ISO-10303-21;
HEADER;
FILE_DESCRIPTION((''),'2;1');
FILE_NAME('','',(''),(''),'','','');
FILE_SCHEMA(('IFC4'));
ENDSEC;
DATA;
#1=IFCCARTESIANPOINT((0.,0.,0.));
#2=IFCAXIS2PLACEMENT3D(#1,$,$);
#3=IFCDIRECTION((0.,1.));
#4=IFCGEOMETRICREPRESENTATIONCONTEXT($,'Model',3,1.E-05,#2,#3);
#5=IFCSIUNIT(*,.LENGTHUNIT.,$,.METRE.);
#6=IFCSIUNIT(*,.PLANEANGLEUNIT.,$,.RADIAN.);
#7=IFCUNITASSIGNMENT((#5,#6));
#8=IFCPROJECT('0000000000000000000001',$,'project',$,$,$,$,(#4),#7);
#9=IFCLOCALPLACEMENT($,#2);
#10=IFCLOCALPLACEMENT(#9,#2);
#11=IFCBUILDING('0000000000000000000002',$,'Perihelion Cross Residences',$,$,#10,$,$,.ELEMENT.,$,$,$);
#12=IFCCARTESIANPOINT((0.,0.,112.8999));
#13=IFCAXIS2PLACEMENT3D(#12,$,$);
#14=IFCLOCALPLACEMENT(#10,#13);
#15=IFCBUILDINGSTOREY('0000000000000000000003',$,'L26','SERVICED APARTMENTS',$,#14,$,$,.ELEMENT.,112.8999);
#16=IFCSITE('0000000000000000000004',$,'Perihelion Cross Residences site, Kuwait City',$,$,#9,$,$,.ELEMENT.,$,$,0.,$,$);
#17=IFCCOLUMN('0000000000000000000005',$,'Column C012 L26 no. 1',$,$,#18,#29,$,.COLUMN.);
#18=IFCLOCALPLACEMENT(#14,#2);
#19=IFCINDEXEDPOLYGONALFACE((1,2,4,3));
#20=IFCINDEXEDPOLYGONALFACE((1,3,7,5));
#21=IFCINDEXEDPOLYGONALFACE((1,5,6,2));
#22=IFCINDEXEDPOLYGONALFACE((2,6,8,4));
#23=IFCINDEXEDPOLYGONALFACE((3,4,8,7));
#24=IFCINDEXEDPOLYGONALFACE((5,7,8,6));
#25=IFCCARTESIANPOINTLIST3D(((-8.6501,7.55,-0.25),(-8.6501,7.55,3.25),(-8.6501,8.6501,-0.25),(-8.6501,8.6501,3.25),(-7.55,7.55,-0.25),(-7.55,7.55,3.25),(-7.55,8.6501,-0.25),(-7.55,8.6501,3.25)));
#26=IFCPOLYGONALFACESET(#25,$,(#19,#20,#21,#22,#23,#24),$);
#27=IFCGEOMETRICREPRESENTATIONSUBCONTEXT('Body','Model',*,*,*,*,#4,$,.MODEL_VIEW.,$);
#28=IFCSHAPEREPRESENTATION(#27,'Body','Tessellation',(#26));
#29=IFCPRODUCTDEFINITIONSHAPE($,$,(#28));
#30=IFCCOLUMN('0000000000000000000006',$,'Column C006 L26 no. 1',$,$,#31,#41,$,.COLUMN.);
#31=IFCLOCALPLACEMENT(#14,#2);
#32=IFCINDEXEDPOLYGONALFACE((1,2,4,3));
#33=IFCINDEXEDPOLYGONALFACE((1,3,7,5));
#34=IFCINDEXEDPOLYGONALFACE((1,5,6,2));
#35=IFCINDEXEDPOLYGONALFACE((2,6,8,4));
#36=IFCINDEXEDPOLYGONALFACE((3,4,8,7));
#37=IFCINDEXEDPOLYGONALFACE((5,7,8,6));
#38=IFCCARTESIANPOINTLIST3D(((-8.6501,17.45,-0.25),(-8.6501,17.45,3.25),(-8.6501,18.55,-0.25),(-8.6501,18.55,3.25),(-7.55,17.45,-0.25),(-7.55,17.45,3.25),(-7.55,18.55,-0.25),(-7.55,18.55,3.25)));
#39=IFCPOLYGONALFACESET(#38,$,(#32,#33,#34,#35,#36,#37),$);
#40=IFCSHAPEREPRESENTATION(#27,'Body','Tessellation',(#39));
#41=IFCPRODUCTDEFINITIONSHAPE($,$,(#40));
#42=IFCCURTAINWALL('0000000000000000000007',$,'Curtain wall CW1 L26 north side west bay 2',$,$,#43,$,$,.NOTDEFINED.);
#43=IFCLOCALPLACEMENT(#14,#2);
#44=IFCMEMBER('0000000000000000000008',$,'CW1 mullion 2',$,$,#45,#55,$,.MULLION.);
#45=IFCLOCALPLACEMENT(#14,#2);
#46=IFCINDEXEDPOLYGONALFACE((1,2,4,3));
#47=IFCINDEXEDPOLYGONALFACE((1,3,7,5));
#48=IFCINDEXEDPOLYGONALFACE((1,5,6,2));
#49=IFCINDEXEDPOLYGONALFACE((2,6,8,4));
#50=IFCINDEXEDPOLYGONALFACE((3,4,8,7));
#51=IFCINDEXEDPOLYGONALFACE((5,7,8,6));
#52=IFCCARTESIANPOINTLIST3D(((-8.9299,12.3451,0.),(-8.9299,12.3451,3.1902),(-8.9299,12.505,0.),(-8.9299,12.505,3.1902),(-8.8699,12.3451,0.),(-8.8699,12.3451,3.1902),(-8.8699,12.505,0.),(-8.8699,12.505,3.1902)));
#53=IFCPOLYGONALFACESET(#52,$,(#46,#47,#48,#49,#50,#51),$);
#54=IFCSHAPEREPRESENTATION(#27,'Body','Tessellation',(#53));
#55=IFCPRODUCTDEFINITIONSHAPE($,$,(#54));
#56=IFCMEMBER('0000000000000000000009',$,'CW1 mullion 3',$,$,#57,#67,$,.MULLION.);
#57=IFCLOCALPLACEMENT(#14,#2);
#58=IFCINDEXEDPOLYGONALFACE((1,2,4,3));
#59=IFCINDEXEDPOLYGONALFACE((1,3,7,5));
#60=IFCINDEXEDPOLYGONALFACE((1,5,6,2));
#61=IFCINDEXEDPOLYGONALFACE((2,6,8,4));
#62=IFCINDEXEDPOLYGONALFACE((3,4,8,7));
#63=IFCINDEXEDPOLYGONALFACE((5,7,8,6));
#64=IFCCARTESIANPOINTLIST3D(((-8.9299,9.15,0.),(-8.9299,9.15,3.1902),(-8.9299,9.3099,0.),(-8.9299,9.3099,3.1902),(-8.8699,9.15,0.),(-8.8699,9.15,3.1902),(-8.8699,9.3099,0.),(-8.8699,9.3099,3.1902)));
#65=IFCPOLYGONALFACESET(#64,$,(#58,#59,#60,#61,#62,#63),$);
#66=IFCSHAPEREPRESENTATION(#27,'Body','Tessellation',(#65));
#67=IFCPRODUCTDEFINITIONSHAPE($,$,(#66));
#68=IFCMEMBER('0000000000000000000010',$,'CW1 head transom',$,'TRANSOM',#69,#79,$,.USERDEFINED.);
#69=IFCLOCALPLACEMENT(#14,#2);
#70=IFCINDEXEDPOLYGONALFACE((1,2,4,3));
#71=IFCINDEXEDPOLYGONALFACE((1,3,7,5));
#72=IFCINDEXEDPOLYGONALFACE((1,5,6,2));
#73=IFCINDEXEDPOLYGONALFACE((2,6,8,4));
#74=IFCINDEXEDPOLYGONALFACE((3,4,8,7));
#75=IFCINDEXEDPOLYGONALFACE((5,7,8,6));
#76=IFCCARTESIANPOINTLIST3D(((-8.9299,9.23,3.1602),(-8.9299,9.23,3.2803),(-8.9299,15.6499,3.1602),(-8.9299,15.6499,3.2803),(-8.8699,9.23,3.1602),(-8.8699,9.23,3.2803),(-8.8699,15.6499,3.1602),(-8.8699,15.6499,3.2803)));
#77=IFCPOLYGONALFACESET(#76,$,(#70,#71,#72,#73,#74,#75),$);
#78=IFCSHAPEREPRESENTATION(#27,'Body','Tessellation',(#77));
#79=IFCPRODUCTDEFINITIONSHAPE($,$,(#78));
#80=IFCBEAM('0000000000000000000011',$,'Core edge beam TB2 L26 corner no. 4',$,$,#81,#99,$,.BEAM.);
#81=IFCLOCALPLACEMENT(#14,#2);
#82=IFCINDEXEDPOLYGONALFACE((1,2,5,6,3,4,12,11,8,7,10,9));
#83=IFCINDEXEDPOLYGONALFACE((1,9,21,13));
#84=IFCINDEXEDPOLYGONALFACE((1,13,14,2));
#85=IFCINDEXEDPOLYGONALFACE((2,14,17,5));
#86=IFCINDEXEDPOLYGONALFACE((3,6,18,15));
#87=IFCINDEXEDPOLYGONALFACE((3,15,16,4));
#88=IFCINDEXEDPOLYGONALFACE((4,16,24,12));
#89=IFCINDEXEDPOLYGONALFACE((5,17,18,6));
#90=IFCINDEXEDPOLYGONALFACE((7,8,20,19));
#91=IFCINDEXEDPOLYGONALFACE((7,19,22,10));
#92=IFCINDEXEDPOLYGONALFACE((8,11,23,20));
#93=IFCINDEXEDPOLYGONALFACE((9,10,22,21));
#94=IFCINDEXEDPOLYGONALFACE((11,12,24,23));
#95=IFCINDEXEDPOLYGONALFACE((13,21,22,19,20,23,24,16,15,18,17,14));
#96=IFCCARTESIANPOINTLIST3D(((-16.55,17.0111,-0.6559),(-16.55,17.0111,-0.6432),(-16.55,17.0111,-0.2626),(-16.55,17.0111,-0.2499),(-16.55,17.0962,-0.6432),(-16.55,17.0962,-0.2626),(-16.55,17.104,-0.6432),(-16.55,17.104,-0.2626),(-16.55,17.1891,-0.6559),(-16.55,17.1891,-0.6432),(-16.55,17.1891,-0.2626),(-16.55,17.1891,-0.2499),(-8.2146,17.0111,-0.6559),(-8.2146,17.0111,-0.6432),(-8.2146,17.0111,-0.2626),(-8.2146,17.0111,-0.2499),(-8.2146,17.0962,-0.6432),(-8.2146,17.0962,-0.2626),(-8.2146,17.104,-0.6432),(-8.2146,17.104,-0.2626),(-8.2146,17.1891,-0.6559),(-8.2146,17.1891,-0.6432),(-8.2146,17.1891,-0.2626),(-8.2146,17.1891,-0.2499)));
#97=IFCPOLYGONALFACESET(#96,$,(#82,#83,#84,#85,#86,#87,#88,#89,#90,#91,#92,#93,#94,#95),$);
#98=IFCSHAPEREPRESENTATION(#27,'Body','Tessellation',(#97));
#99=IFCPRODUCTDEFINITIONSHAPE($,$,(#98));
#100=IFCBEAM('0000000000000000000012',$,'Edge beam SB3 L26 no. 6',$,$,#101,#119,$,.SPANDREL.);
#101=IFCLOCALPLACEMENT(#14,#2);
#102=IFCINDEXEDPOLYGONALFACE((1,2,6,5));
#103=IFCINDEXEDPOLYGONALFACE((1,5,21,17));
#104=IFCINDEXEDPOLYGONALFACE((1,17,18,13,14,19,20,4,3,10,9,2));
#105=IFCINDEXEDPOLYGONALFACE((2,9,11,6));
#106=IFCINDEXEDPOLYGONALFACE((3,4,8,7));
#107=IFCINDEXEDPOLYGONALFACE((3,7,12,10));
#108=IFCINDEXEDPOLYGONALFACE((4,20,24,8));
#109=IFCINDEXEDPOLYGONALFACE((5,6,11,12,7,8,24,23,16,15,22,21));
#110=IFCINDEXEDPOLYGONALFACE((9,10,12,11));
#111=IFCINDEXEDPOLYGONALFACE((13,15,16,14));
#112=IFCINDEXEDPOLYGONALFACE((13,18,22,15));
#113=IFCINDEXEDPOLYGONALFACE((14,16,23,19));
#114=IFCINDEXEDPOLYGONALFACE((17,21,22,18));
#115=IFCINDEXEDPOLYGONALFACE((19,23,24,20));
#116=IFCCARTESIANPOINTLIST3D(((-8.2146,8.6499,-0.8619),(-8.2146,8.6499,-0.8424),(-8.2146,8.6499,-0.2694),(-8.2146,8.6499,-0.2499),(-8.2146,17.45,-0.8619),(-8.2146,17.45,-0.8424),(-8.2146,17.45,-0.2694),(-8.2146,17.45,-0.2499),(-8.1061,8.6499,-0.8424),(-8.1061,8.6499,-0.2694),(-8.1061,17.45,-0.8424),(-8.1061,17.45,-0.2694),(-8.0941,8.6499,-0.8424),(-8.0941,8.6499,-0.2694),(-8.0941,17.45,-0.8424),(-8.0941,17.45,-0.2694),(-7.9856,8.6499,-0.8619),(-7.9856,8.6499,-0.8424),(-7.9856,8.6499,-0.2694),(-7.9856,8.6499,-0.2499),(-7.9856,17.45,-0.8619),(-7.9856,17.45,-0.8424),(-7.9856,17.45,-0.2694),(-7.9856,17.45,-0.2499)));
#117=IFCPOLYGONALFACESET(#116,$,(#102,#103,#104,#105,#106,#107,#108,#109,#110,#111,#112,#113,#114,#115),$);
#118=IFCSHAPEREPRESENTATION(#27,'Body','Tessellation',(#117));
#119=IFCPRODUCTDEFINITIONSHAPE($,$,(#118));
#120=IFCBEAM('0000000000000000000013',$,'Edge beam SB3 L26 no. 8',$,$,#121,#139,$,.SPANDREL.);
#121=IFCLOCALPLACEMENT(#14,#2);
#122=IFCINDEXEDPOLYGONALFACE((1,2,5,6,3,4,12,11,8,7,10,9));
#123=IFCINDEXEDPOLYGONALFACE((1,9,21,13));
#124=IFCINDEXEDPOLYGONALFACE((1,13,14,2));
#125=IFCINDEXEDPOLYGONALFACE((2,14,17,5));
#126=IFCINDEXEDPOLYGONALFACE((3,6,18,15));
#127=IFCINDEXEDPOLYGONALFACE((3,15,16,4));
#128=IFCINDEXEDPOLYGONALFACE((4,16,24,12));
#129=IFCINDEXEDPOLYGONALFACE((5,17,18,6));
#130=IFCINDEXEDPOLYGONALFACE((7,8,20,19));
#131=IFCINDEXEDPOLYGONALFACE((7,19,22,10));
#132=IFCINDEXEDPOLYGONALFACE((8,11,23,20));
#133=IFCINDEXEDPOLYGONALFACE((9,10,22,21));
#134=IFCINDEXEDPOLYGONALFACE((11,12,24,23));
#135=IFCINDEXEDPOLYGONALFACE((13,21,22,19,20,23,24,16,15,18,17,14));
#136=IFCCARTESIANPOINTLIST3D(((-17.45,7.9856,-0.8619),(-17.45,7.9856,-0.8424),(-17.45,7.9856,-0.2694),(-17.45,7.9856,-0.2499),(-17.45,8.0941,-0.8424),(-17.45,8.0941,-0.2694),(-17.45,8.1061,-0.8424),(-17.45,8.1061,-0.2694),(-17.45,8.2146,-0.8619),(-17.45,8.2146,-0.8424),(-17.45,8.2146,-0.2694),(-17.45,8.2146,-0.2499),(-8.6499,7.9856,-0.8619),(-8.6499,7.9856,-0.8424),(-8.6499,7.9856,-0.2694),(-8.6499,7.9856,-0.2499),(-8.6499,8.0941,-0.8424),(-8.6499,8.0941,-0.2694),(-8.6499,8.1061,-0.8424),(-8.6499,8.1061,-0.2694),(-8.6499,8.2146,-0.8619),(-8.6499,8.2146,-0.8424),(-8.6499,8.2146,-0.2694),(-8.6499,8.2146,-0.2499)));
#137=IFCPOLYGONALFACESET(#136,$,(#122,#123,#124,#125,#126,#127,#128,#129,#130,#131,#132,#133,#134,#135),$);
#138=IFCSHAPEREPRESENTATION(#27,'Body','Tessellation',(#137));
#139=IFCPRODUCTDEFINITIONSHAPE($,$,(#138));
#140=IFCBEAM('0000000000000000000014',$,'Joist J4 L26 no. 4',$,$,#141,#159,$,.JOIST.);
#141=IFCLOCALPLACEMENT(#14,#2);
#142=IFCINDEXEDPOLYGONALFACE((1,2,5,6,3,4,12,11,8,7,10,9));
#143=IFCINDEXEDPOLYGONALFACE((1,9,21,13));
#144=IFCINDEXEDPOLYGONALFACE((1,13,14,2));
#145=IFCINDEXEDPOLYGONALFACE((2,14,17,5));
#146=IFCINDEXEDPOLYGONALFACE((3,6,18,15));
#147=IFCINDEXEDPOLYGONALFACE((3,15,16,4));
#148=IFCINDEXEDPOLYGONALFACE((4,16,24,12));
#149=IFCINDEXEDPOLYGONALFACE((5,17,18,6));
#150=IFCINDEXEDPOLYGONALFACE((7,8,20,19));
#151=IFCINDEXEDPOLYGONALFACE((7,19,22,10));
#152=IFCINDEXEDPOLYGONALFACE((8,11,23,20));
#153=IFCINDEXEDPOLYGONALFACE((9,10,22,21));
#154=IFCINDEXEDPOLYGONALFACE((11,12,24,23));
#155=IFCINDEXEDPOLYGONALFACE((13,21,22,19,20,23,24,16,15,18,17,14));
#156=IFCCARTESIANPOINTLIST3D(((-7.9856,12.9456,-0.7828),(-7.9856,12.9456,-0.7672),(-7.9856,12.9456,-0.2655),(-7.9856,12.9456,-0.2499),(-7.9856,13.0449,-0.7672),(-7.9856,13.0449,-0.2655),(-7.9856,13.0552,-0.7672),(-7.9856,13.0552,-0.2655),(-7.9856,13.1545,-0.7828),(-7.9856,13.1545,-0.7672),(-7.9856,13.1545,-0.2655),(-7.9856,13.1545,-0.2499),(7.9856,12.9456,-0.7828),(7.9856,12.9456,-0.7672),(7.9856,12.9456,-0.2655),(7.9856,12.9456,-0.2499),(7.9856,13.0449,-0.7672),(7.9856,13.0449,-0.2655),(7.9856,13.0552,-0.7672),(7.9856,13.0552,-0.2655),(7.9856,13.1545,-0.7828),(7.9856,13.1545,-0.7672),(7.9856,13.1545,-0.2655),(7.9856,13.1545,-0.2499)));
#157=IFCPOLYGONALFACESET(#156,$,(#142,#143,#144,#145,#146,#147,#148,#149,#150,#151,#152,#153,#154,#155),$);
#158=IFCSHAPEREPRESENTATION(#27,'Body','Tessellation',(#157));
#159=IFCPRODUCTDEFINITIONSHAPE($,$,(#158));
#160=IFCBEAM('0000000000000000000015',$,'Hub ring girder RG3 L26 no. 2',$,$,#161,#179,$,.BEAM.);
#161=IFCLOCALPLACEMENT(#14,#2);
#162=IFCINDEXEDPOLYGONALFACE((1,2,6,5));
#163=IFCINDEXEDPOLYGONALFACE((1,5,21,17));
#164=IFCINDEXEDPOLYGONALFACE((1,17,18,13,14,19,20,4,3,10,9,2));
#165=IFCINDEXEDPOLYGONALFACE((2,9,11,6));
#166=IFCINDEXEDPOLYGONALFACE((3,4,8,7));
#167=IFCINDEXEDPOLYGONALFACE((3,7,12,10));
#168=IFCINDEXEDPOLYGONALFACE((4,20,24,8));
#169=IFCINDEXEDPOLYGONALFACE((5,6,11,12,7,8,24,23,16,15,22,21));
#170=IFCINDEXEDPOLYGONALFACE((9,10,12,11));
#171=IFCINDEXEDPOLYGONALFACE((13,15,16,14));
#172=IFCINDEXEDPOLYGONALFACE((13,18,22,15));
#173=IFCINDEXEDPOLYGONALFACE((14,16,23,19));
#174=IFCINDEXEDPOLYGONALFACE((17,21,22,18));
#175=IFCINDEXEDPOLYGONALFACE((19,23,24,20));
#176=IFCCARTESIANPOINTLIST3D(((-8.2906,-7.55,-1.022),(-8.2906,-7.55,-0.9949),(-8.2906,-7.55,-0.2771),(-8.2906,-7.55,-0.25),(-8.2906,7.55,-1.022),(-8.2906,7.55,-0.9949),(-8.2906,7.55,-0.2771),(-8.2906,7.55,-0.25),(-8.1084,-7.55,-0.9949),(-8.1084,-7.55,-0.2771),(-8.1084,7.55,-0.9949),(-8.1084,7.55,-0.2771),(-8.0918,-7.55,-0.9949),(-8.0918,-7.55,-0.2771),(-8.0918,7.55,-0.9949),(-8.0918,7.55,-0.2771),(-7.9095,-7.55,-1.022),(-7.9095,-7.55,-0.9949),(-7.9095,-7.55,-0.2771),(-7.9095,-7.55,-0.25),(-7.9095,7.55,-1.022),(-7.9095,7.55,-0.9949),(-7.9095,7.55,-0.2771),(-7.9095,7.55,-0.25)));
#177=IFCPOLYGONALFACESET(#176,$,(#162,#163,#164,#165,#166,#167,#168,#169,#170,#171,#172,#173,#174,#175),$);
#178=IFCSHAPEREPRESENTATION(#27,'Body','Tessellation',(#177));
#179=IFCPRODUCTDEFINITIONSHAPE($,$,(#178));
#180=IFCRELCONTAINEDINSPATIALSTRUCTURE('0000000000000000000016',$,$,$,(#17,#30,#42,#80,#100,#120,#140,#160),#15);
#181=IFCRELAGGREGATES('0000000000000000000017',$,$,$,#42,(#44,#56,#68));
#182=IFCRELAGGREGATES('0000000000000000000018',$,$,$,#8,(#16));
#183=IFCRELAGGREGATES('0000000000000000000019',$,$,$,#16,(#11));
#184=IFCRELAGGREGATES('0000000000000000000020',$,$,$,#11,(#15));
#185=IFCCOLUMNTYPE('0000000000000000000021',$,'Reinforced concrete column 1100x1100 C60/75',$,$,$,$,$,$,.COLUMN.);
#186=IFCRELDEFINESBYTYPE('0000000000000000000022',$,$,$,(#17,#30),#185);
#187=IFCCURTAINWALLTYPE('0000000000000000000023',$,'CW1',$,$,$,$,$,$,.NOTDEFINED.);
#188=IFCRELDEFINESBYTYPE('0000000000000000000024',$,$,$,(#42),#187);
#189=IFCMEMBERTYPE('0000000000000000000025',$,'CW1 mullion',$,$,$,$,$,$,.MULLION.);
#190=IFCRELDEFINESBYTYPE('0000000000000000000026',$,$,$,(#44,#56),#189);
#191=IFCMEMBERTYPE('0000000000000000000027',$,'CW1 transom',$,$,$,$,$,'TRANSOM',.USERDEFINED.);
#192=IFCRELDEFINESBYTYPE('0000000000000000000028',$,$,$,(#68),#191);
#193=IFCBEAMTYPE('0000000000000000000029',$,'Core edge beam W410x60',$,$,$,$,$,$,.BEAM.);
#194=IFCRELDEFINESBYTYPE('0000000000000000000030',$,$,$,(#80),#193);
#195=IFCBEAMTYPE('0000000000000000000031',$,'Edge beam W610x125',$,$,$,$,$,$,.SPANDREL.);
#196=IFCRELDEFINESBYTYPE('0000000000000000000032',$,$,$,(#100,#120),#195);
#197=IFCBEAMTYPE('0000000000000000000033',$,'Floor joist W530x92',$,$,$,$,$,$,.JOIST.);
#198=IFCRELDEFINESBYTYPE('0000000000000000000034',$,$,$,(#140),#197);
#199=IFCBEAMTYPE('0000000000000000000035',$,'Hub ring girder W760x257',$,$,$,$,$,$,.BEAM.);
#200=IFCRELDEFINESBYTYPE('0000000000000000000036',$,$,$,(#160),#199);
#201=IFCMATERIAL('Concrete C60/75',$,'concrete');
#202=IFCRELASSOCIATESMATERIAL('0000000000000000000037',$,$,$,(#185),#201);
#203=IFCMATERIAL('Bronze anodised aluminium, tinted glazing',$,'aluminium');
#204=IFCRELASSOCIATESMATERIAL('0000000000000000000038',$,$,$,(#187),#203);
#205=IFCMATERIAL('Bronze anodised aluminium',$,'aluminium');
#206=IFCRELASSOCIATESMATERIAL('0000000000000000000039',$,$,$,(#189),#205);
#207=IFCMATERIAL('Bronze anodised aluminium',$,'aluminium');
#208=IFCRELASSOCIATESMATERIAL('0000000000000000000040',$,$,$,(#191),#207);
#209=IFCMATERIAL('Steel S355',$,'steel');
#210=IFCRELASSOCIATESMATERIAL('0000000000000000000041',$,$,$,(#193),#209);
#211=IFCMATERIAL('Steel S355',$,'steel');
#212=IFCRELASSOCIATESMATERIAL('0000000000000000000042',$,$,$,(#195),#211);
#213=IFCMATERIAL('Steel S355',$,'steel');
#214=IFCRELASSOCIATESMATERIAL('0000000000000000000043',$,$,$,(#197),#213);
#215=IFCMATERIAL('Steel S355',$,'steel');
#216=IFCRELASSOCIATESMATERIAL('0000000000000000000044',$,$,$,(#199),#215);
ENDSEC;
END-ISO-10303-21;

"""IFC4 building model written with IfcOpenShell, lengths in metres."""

from ifc_helpers import new_model, si_unit, direction, frame, origin, origin_2d, place, context, subcontext, project, spatial, rectangle, i_section, extrude, material, material_profile, profile_set, type_object, element, aggregate, save


model = new_model("IFC4")

# Units and contexts
model_context = context("Model", 3, precision=1e-05, world=origin(), true_north=direction((0.0, 1.0)))
body_context = subcontext(model_context, "Body", "Model", "MODEL_VIEW")
ifc_project = project(units=[si_unit("LENGTHUNIT", "METRE"), si_unit("PLANEANGLEUNIT", "RADIAN")], contexts=[model_context])

# Site, building, storey
site_placement = place(None, origin())
site = spatial("IfcSite", under=ifc_project, at=site_placement, Name="Perihelion Cross Residences site, Kuwait City", CompositionType="ELEMENT", RefElevation=0.0)
building_placement = place(site_placement, origin())
building = spatial("IfcBuilding", under=site, at=building_placement, Name="Perihelion Cross Residences", CompositionType="ELEMENT")
storey_placement = place(building_placement, frame((0.0, 0.0, 112.8999)))
storey = spatial("IfcBuildingStorey", under=building, at=storey_placement, Name="L26", Description="SERVICED APARTMENTS", CompositionType="ELEMENT", Elevation=112.8999)

# Columns
ifc_material_1 = material(Name="Concrete C60/75", Category="concrete")
ifc_material_profile_1 = material_profile(ifc_material_1, rectangle(XDim=1.1001, YDim=1.1001, at=origin_2d()), Name="RC 1100x1100")
ifc_profile_set_1 = profile_set([ifc_material_profile_1], Name="Concrete C60/75")
column_type = type_object("IfcColumnType", Name="Reinforced concrete column 1100x1100 C60/75", PredefinedType="COLUMN", material=ifc_profile_set_1)
for number, where, z_axis, x_axis, name in (
    (1, (-8.1001, 8.1001, -0.25), (0.0, 0.0, 1.0), (1.0, 0.0, 0.0), "Column C012 L26 no. 1"),
    (2, (-8.1001, 18.0, -0.25), (0.0, 0.0, 1.0), (1.0, 0.0, 0.0), "Column C006 L26 no. 1"),
):
    element("IfcColumn", number, at=place(storey_placement, frame(where, z_axis=z_axis, x_axis=x_axis)), inside=storey, type_object=column_type, Name=name, PredefinedType="COLUMN", context=body_context, shape_type="SweptSolid", body=[
        extrude(rectangle(XDim=1.1001, YDim=1.1001, at=origin_2d()), origin(), (0.0, 0.0, 1.0), 3.5),
    ])

# Curtain wall, members
ifc_material_2 = material(Name="Bronze anodised aluminium, tinted glazing", Category="aluminium")
curtain_wall_type = type_object("IfcCurtainWallType", Name="CW1", PredefinedType="NOTDEFINED", material=ifc_material_2)
curtain_wall_placement = place(storey_placement, origin())
curtain_wall = element("IfcCurtainWall", 3, at=curtain_wall_placement, inside=storey, type_object=curtain_wall_type, Name="Curtain wall CW1 L26 north side west bay 2", PredefinedType="NOTDEFINED")
ifc_material_3 = material(Name="Bronze anodised aluminium", Category="aluminium")
ifc_material_profile_2 = material_profile(ifc_material_3, rectangle(XDim=0.0601, YDim=0.1599, at=origin_2d()), Name="CW1 mullion")
ifc_profile_set_2 = profile_set([ifc_material_profile_2], Name="Bronze anodised aluminium")
member_type_1 = type_object("IfcMemberType", Name="CW1 mullion", PredefinedType="MULLION", material=ifc_profile_set_2)
member_1_placement = place(storey_placement, frame((-8.8999, 12.425, 0.0), z_axis=(0.0, 0.0, 1.0), x_axis=(1.0, 0.0, 0.0)))
member_1 = element("IfcMember", 4, at=member_1_placement, type_object=member_type_1, Name="CW1 mullion 2", PredefinedType="MULLION", context=body_context, shape_type="SweptSolid", body=[
    extrude(rectangle(XDim=0.0601, YDim=0.1599, at=origin_2d()), origin(), (0.0, 0.0, 1.0), 3.1902),
])
member_2_placement = place(storey_placement, frame((-8.8999, 9.23, 0.0), z_axis=(0.0, 0.0, 1.0), x_axis=(1.0, 0.0, 0.0)))
member_2 = element("IfcMember", 5, at=member_2_placement, type_object=member_type_1, Name="CW1 mullion 3", PredefinedType="MULLION", context=body_context, shape_type="SweptSolid", body=[
    extrude(rectangle(XDim=0.0601, YDim=0.1599, at=origin_2d()), origin(), (0.0, 0.0, 1.0), 3.1902),
])
ifc_material_4 = material(Name="Bronze anodised aluminium", Category="aluminium")
ifc_material_profile_3 = material_profile(ifc_material_4, rectangle(XDim=0.0601, YDim=0.1201, at=origin_2d()), Name="CW1 transom")
ifc_profile_set_3 = profile_set([ifc_material_profile_3], Name="Bronze anodised aluminium")
member_type_2 = type_object("IfcMemberType", Name="CW1 transom", ElementType="TRANSOM", PredefinedType="USERDEFINED", material=ifc_profile_set_3)
member_3_placement = place(storey_placement, frame((-8.8999, 15.6499, 3.2202), z_axis=(0.0, -1.0, 0.0), x_axis=(1.0, 0.0, 0.0)))
member_3 = element("IfcMember", 6, at=member_3_placement, type_object=member_type_2, Name="CW1 head transom", ObjectType="TRANSOM", PredefinedType="USERDEFINED", context=body_context, shape_type="SweptSolid", body=[
    extrude(rectangle(XDim=0.0601, YDim=0.1201, at=origin_2d()), origin(), (0.0, 0.0, 1.0), 6.4199),
])

# Beams
ifc_material_5 = material(Name="Steel S355", Category="steel")
ifc_material_profile_4 = material_profile(ifc_material_5, i_section(OverallWidth=0.178, OverallDepth=0.406, WebThickness=0.0078, FlangeThickness=0.0127, at=origin_2d()), Name="W410x60")
ifc_profile_set_4 = profile_set([ifc_material_profile_4], Name="Steel S355")
beam_type_1 = type_object("IfcBeamType", Name="Core edge beam W410x60", PredefinedType="BEAM", material=ifc_profile_set_4)
beam_1_placement = place(storey_placement, frame((-8.2146, 17.1001, -0.4529), z_axis=(-1.0, 0.0, 0.0), x_axis=(0.0, -1.0, 0.0)))
element("IfcBeam", 7, at=beam_1_placement, inside=storey, type_object=beam_type_1, Name="Core edge beam TB2 L26 corner no. 4", PredefinedType="BEAM", context=body_context, shape_type="SweptSolid", body=[
    extrude(i_section(OverallWidth=0.178, OverallDepth=0.406, WebThickness=0.0078, FlangeThickness=0.0127, at=origin_2d()), origin(), (0.0, 0.0, 1.0), 8.3354),
])
ifc_material_6 = material(Name="Steel S355", Category="steel")
ifc_material_profile_5 = material_profile(ifc_material_6, i_section(OverallWidth=0.229, OverallDepth=0.6121, WebThickness=0.012, FlangeThickness=0.0195, at=origin_2d()), Name="W610x125")
ifc_profile_set_5 = profile_set([ifc_material_profile_5], Name="Steel S355")
beam_type_2 = type_object("IfcBeamType", Name="Edge beam W610x125", PredefinedType="SPANDREL", material=ifc_profile_set_5)
for number, where, z_axis, x_axis, name in (
    (8, (-8.1001, 17.45, -0.5559), (0.0, -1.0, 0.0), (1.0, 0.0, 0.0), "Edge beam SB3 L26 no. 6"),
    (9, (-8.6499, 8.1001, -0.5559), (-1.0, 0.0, 0.0), (0.0, -1.0, 0.0), "Edge beam SB3 L26 no. 8"),
):
    element("IfcBeam", number, at=place(storey_placement, frame(where, z_axis=z_axis, x_axis=x_axis)), inside=storey, type_object=beam_type_2, Name=name, PredefinedType="SPANDREL", context=body_context, shape_type="SweptSolid", body=[
        extrude(i_section(OverallWidth=0.229, OverallDepth=0.6121, WebThickness=0.012, FlangeThickness=0.0195, at=origin_2d()), origin(), (0.0, 0.0, 1.0), 8.8),
    ])
ifc_material_7 = material(Name="Steel S355", Category="steel")
ifc_material_profile_6 = material_profile(ifc_material_7, i_section(OverallWidth=0.209, OverallDepth=0.533, WebThickness=0.0103, FlangeThickness=0.0156, at=origin_2d()), Name="W530x92")
ifc_profile_set_6 = profile_set([ifc_material_profile_6], Name="Steel S355")
beam_type_3 = type_object("IfcBeamType", Name="Floor joist W530x92", PredefinedType="JOIST", material=ifc_profile_set_6)
beam_2_placement = place(storey_placement, frame((-7.9856, 13.05, -0.5164), z_axis=(1.0, 0.0, 0.0), x_axis=(0.0, 1.0, 0.0)))
element("IfcBeam", 10, at=beam_2_placement, inside=storey, type_object=beam_type_3, Name="Joist J4 L26 no. 4", PredefinedType="JOIST", context=body_context, shape_type="SweptSolid", body=[
    extrude(i_section(OverallWidth=0.209, OverallDepth=0.533, WebThickness=0.0103, FlangeThickness=0.0156, at=origin_2d()), origin(), (0.0, 0.0, 1.0), 15.9712),
])
ifc_material_8 = material(Name="Steel S355", Category="steel")
ifc_material_profile_7 = material_profile(ifc_material_8, i_section(OverallWidth=0.3811, OverallDepth=0.772, WebThickness=0.0166, FlangeThickness=0.0271, at=origin_2d()), Name="W760x257")
ifc_profile_set_7 = profile_set([ifc_material_profile_7], Name="Steel S355")
beam_type_4 = type_object("IfcBeamType", Name="Hub ring girder W760x257", PredefinedType="BEAM", material=ifc_profile_set_7)
beam_3_placement = place(storey_placement, frame((-8.1001, 7.55, -0.636), z_axis=(0.0, -1.0, 0.0), x_axis=(1.0, 0.0, 0.0)))
element("IfcBeam", 11, at=beam_3_placement, inside=storey, type_object=beam_type_4, Name="Hub ring girder RG3 L26 no. 2", PredefinedType="BEAM", context=body_context, shape_type="SweptSolid", body=[
    extrude(i_section(OverallWidth=0.3811, OverallDepth=0.772, WebThickness=0.0166, FlangeThickness=0.0271, at=origin_2d()), origin(), (0.0, 0.0, 1.0), 15.1001),
])

aggregate(curtain_wall, [member_1, member_2, member_3])

save(model, "model.ifc")
